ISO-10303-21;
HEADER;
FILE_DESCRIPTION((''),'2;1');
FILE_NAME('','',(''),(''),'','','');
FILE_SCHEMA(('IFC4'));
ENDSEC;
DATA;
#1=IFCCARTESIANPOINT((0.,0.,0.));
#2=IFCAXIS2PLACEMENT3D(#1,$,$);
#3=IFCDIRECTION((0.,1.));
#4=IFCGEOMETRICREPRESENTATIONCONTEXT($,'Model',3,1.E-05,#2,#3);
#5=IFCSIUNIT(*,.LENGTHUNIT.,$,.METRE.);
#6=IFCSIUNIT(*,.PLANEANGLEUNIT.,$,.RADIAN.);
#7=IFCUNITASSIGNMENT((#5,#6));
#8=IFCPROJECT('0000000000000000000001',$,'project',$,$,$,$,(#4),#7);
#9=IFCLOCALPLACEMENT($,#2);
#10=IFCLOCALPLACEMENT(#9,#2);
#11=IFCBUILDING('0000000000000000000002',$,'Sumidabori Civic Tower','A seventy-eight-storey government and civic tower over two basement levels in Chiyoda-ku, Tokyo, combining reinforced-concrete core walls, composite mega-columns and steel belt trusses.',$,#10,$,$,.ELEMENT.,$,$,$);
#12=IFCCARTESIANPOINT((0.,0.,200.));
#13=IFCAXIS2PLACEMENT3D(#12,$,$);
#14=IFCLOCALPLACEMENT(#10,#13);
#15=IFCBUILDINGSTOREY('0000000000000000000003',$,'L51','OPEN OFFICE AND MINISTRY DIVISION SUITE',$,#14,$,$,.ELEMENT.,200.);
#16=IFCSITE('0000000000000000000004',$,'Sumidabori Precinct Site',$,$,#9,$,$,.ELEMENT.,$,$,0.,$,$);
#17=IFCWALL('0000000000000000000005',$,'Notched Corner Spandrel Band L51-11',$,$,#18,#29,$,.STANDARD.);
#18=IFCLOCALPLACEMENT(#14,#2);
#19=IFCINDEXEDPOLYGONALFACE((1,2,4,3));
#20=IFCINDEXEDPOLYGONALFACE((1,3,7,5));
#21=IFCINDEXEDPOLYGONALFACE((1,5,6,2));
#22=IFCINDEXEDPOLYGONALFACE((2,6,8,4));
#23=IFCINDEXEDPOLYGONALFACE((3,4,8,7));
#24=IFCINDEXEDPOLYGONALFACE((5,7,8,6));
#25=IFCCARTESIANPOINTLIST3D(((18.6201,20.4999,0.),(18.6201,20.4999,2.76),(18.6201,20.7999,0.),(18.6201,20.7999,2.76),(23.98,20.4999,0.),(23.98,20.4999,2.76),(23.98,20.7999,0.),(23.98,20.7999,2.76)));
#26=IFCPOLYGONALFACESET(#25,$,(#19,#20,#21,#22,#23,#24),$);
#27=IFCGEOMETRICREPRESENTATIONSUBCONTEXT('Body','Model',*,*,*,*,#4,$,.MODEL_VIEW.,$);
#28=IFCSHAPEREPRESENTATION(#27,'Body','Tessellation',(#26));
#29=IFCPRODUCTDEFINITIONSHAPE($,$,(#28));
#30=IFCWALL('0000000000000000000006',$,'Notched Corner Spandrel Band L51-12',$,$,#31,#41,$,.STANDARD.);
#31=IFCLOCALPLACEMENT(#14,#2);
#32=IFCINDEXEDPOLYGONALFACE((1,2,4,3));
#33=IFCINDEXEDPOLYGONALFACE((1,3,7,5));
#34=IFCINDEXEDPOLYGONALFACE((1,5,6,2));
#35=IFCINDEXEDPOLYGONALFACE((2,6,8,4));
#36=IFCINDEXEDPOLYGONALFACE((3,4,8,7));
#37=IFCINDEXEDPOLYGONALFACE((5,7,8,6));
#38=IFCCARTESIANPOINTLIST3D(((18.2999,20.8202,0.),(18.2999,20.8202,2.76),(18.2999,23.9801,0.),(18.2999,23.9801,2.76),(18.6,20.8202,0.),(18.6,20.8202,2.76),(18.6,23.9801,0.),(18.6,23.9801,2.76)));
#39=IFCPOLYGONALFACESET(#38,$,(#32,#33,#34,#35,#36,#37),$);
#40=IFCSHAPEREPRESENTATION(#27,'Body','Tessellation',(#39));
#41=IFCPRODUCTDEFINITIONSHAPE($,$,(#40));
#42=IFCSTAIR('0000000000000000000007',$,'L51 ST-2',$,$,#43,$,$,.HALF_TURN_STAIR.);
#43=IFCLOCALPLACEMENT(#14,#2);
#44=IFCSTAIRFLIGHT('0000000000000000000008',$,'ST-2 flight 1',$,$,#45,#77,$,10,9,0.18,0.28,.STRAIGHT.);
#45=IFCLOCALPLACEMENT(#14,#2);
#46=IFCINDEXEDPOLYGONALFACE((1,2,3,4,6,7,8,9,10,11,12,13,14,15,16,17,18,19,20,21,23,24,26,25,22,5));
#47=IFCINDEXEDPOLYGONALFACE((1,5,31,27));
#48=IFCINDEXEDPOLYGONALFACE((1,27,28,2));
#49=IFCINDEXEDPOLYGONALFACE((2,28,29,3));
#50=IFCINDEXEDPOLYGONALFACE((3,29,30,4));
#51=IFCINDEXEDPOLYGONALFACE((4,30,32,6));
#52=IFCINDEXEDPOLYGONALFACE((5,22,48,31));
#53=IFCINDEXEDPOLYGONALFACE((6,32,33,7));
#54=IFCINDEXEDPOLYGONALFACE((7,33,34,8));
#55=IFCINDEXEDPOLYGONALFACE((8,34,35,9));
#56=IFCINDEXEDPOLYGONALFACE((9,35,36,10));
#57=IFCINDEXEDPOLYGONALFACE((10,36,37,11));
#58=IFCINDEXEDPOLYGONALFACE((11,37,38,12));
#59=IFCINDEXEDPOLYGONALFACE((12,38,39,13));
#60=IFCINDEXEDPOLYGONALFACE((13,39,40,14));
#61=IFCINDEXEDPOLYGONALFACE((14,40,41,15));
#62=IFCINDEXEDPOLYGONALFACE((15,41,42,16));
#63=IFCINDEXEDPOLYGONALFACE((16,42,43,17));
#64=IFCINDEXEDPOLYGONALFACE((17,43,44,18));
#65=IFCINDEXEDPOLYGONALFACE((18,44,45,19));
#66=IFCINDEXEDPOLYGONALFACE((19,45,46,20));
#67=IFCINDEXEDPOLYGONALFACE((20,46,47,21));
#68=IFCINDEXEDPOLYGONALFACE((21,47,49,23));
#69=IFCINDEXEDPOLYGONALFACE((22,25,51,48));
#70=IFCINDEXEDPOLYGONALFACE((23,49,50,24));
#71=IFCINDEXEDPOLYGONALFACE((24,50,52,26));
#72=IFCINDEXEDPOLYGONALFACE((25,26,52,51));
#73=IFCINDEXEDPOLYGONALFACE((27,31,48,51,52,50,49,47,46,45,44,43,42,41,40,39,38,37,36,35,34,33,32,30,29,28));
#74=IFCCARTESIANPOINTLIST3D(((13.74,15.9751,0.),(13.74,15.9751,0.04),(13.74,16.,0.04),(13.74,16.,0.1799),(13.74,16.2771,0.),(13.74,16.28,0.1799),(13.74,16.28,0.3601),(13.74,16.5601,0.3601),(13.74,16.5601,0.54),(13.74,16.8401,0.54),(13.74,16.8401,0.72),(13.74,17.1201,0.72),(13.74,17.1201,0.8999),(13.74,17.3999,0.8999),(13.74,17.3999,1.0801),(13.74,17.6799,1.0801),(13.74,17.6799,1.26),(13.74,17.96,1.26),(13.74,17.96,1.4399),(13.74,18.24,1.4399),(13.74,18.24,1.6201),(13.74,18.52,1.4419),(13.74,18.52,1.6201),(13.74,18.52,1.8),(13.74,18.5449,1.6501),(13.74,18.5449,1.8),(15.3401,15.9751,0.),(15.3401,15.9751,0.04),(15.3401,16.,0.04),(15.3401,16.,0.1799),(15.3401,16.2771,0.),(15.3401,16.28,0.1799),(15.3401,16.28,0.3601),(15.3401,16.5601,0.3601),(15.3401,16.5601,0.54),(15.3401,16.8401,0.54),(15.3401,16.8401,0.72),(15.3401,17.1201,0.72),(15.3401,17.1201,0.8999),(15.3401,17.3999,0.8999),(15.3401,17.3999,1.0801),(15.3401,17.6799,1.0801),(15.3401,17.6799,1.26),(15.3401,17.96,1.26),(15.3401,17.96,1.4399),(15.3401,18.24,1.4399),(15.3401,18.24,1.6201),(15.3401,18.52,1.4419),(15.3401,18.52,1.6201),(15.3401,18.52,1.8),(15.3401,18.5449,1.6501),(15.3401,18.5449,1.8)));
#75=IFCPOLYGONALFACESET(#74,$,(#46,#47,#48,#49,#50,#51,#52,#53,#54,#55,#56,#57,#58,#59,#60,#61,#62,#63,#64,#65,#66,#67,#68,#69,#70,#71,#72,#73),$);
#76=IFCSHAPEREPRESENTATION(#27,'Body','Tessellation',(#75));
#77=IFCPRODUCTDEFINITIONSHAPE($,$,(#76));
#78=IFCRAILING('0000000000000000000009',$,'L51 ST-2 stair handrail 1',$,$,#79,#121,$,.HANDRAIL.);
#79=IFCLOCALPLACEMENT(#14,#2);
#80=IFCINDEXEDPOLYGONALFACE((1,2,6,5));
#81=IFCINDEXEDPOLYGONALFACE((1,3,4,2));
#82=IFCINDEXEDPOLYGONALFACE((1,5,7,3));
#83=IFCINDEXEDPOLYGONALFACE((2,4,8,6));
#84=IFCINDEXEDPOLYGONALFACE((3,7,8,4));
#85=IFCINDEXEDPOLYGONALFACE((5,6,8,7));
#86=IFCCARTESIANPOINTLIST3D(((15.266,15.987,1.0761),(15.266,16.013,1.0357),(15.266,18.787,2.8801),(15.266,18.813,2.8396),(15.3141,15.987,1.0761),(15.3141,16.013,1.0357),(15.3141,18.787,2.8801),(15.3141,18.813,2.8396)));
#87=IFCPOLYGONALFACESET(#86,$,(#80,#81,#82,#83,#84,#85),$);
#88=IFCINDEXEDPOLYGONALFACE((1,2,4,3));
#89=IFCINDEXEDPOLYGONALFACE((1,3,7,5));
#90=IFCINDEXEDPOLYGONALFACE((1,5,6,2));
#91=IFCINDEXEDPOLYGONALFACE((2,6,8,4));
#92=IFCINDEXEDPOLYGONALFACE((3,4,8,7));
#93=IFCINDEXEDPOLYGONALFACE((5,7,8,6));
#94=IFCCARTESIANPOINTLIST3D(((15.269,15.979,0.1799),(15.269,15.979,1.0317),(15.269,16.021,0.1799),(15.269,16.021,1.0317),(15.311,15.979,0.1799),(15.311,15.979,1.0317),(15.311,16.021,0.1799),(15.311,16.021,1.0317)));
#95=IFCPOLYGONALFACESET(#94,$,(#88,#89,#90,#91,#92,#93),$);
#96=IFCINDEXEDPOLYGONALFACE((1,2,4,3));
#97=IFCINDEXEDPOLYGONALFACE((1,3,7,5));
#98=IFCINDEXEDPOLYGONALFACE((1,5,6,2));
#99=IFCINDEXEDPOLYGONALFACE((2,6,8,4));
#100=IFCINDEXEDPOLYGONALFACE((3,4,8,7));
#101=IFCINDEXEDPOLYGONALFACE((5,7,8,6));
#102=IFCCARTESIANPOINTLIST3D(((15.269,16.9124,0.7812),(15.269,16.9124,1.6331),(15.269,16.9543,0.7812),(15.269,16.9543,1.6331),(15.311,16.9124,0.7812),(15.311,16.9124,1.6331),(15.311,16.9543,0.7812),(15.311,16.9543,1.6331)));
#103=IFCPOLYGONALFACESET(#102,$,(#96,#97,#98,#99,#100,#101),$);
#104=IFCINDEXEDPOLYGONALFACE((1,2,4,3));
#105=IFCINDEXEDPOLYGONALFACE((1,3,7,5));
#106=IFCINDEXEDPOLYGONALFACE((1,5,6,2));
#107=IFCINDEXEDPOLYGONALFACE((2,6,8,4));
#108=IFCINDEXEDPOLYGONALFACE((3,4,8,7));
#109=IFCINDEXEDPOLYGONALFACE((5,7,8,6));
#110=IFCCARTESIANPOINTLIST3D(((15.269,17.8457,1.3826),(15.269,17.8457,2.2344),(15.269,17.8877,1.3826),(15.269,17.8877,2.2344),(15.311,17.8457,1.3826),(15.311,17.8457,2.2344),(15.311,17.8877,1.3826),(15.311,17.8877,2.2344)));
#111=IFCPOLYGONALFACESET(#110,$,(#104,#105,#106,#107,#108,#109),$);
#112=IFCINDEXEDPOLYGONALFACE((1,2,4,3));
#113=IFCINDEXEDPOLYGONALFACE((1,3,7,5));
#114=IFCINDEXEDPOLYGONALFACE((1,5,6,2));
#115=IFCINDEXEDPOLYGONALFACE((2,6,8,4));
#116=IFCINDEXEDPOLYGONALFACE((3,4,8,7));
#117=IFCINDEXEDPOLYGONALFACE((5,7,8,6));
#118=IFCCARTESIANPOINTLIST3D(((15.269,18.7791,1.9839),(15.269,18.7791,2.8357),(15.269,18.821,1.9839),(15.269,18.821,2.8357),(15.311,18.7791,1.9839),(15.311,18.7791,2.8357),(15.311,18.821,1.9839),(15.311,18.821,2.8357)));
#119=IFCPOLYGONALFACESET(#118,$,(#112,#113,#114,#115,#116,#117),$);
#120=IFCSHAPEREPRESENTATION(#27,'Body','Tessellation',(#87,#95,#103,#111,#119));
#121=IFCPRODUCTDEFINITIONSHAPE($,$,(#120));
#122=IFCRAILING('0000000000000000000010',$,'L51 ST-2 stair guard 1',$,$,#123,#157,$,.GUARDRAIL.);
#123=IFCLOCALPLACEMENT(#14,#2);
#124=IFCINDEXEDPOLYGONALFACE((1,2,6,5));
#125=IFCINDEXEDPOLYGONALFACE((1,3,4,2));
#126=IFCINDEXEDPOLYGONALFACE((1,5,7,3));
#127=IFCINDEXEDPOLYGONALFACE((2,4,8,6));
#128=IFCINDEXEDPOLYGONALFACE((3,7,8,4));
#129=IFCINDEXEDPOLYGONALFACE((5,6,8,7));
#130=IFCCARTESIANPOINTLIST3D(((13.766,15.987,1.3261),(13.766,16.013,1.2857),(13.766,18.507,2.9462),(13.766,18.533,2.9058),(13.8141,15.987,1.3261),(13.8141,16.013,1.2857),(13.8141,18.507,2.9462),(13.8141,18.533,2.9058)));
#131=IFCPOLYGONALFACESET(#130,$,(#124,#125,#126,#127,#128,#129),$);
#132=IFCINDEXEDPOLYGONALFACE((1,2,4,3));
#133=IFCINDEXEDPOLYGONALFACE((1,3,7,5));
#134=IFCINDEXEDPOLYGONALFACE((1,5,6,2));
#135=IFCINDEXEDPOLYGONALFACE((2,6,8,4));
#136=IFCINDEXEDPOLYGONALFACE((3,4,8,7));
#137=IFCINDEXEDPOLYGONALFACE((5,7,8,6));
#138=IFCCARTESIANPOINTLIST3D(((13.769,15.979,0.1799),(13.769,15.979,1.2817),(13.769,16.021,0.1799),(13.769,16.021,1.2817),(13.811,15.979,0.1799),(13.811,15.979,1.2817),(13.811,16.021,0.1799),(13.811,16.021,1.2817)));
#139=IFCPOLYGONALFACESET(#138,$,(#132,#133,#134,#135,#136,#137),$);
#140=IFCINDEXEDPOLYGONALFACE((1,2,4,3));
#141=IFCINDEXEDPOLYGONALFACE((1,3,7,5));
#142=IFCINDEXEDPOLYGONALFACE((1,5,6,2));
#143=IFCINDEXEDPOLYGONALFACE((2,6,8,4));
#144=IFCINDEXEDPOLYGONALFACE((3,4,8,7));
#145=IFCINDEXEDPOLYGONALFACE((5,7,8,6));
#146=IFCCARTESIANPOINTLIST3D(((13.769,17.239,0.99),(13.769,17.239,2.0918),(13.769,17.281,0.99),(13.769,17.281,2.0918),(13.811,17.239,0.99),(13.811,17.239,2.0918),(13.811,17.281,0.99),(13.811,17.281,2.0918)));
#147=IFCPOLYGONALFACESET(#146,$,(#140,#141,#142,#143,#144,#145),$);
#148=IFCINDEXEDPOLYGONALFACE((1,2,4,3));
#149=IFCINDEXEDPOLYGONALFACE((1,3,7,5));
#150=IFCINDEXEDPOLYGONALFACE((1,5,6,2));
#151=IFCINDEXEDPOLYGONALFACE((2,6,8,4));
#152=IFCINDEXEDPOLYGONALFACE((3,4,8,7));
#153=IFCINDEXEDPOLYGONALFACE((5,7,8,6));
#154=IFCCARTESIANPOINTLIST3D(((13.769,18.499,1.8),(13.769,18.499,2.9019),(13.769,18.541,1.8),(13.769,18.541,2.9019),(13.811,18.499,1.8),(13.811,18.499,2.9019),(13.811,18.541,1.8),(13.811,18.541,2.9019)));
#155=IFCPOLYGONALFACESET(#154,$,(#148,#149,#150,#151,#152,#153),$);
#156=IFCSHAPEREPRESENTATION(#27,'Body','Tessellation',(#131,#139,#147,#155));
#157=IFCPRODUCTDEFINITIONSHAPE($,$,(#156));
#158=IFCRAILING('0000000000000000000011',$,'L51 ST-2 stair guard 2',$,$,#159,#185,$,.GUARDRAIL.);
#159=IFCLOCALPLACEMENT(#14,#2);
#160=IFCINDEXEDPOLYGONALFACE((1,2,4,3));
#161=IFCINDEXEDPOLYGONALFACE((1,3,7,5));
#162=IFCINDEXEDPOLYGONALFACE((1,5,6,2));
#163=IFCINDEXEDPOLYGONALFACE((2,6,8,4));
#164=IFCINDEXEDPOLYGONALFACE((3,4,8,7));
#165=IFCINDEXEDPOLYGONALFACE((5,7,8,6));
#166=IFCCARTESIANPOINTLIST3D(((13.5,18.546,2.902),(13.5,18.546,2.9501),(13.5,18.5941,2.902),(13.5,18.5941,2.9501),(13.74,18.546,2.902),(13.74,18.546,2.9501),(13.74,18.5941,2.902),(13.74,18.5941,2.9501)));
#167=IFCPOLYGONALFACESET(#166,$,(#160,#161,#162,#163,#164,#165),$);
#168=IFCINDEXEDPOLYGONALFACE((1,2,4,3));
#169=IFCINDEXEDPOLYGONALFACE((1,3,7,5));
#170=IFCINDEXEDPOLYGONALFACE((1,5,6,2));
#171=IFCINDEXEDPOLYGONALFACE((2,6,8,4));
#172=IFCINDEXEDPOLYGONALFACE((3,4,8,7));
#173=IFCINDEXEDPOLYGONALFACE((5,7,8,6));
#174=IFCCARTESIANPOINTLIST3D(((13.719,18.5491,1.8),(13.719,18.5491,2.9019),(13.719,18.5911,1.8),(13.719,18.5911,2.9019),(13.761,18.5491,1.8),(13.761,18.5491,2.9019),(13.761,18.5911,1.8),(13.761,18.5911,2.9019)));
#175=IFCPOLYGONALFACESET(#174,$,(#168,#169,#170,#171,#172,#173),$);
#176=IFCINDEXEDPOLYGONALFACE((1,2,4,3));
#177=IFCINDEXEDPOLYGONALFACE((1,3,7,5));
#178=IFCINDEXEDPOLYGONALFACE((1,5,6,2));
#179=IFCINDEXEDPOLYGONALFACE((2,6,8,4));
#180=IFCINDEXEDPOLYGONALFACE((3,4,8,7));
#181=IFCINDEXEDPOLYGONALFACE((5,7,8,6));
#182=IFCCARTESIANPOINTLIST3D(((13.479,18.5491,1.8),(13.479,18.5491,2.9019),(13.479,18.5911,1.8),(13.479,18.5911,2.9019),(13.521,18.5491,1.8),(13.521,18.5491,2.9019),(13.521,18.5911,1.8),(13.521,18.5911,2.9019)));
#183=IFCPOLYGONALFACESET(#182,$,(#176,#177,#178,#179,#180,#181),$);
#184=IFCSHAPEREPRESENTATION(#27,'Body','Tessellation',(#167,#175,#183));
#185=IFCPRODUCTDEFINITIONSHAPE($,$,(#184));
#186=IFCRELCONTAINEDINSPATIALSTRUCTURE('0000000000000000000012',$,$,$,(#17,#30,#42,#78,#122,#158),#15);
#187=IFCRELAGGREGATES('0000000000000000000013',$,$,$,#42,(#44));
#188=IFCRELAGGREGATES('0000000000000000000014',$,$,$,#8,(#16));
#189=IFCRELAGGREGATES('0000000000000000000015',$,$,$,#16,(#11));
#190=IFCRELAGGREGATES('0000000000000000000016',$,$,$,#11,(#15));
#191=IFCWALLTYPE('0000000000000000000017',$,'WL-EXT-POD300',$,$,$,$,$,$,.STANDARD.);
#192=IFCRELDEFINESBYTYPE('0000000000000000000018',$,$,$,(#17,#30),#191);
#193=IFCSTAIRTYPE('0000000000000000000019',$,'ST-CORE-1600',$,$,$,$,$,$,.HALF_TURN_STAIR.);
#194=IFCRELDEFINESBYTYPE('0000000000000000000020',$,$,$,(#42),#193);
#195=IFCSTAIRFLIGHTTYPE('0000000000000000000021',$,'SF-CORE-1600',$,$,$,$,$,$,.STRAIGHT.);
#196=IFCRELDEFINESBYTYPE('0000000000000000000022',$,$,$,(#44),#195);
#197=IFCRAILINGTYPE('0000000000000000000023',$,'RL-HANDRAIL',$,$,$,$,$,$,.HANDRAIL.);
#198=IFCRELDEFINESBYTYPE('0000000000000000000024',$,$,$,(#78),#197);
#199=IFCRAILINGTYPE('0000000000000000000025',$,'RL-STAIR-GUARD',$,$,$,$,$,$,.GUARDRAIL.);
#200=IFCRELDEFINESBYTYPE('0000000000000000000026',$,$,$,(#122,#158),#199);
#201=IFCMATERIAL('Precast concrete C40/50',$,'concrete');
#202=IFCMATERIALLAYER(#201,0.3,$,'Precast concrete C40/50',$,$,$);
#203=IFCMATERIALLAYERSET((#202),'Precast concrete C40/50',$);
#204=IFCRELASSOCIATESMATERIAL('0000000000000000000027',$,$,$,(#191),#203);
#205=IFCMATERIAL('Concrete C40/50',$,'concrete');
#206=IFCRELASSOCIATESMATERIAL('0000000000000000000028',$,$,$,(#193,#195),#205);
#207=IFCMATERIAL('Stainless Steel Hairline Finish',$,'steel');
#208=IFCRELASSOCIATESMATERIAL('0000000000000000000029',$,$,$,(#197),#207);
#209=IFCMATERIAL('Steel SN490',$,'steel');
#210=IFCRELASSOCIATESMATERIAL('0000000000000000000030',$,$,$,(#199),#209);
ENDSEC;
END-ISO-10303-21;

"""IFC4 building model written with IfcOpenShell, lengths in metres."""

from ifc_helpers import new_model, si_unit, direction, frame, frame_2d, origin, origin_2d, place, context, subcontext, project, spatial, polyline, rectangle, outline, extrude, source, transform, mapped, material, layer, layer_set, type_object, element, aggregate, save


model = new_model("IFC4")

# Units and contexts
model_context = context("Model", 3, precision=1e-05, world=origin(), true_north=direction((0.0, 1.0)))
body_context = subcontext(model_context, "Body", "Model", "MODEL_VIEW")
ifc_project = project(units=[si_unit("LENGTHUNIT", "METRE"), si_unit("PLANEANGLEUNIT", "RADIAN")], contexts=[model_context])

# Site, building, storey
site_placement = place(None, origin())
site = spatial("IfcSite", under=ifc_project, at=site_placement, Name="Sumidabori Precinct Site", CompositionType="ELEMENT", RefElevation=0.0)
building_placement = place(site_placement, origin())
building = spatial("IfcBuilding", under=site, at=building_placement, Name="Sumidabori Civic Tower", Description="A seventy-eight-storey government and civic tower over two basement levels in Chiyoda-ku, Tokyo, combining reinforced-concrete core walls, composite mega-columns and steel belt trusses.", CompositionType="ELEMENT")
storey_placement = place(building_placement, frame((0.0, 0.0, 200.0)))
storey = spatial("IfcBuildingStorey", under=building, at=storey_placement, Name="L51", Description="OPEN OFFICE AND MINISTRY DIVISION SUITE", CompositionType="ELEMENT", Elevation=200.0)

# Walls
ifc_material_1 = material(Name="Precast concrete C40/50", Category="concrete")
ifc_layer_1 = layer(ifc_material_1, 0.3, Name="Precast concrete C40/50")
ifc_layer_set_1 = layer_set([ifc_layer_1], Name="Precast concrete C40/50")
wall_type = type_object("IfcWallType", Name="WL-EXT-POD300", PredefinedType="STANDARD", material=ifc_layer_set_1)
shared_shape_1 = source(origin(), body_context, "Body", "SweptSolid", [
    extrude(rectangle(XDim=5.3599, YDim=0.3, at=frame_2d((2.6799, 0.0))), origin(), (0.0, 0.0, 1.0), 2.76),
])
wall_1_placement = place(storey_placement, frame((23.98, 20.6499, 0.0), z_axis=(0.0, 0.0, 1.0), x_axis=(-1.0, 0.0, 0.0)))
element("IfcWall", 1, at=wall_1_placement, inside=storey, type_object=wall_type, Name="Notched Corner Spandrel Band L51-11", PredefinedType="STANDARD", context=body_context, shape_type="MappedRepresentation", body=[
    mapped(shared_shape_1, transform((0.0, 0.0, 0.0), x_axis=(1.0, 0.0, 0.0), y_axis=(0.0, 1.0, 0.0), z_axis=(0.0, 0.0, 1.0), scale=1.0)),
])
shared_shape_2 = source(origin(), body_context, "Body", "SweptSolid", [
    extrude(rectangle(XDim=3.1599, YDim=0.3, at=frame_2d((1.5801, 0.0))), origin(), (0.0, 0.0, 1.0), 2.76),
])
wall_2_placement = place(storey_placement, frame((18.45, 20.8201, 0.0), z_axis=(0.0, 0.0, 1.0), x_axis=(0.0, 1.0, 0.0)))
element("IfcWall", 2, at=wall_2_placement, inside=storey, type_object=wall_type, Name="Notched Corner Spandrel Band L51-12", PredefinedType="STANDARD", context=body_context, shape_type="MappedRepresentation", body=[
    mapped(shared_shape_2, transform((0.0, 0.0, 0.0), x_axis=(1.0, 0.0, 0.0), y_axis=(0.0, 1.0, 0.0), z_axis=(0.0, 0.0, 1.0), scale=1.0)),
])

# Stair, stair flight
ifc_material_2 = material(Name="Concrete C40/50", Category="concrete")
stair_type = type_object("IfcStairType", Name="ST-CORE-1600", PredefinedType="HALF_TURN_STAIR", material=ifc_material_2)
stair_placement = place(storey_placement, origin())
stair = element("IfcStair", 3, at=stair_placement, inside=storey, type_object=stair_type, Name="L51 ST-2", PredefinedType="HALF_TURN_STAIR")
stair_flight_type = type_object("IfcStairFlightType", Name="SF-CORE-1600", PredefinedType="STRAIGHT", material=ifc_material_2)
shared_shape_3 = source(origin(), body_context, "Body", "SweptSolid", [
    extrude(outline(polyline([(-0.0249, 0.0), (-0.0249, 0.04), (0.0, 0.04), (0.0, 0.1799), (0.28, 0.1799), (0.28, 0.3601), (0.5601, 0.3601), (0.5601, 0.54), (0.8401, 0.54), (0.8401, 0.72), (1.1201, 0.72), (1.1201, 0.8999), (1.3999, 0.8999), (1.3999, 1.0801), (1.6799, 1.0801), (1.6799, 1.26), (1.96, 1.26), (1.96, 1.4399), (2.24, 1.4399), (2.24, 1.6201), (2.52, 1.6201), (2.52, 1.8), (2.5449, 1.8), (2.5449, 1.6501), (2.52, 1.4419), (0.2771, 0.0), (-0.0249, 0.0)])), frame((0.0, 0.8, 0.0), z_axis=(0.0, -1.0, 0.0), x_axis=(1.0, 0.0, 0.0)), (0.0, 0.0, 1.0), 1.6001),
])
stair_flight_placement = place(storey_placement, frame((14.54, 16.0, 0.0), z_axis=(0.0, 0.0, 1.0), x_axis=(0.0, 1.0, 0.0)))
stair_flight = element("IfcStairFlight", 4, at=stair_flight_placement, type_object=stair_flight_type, Name="ST-2 flight 1", NumberOfRisers=10, NumberOfTreads=9, PredefinedType="STRAIGHT", RiserHeight=0.18, TreadLength=0.28, context=body_context, shape_type="MappedRepresentation", body=[
    mapped(shared_shape_3, transform((0.0, 0.0, 0.0), x_axis=(1.0, 0.0, 0.0), y_axis=(0.0, 1.0, 0.0), z_axis=(0.0, 0.0, 1.0), scale=1.0)),
])
aggregate(stair, [stair_flight])

# Railings
ifc_material_3 = material(Name="Stainless Steel Hairline Finish", Category="steel")
railing_type_1 = type_object("IfcRailingType", Name="RL-HANDRAIL", PredefinedType="HANDRAIL", material=ifc_material_3)
railing_1_placement = place(storey_placement, frame((15.29, 16.0, 0.1799)))
element("IfcRailing", 5, at=railing_1_placement, inside=storey, type_object=railing_type_1, Name="L51 ST-2 stair handrail 1", PredefinedType="HANDRAIL", context=body_context, shape_type="SweptSolid", body=[
    extrude(rectangle(XDim=0.0481, YDim=0.0481, at=origin_2d()), frame((0.0, 0.0, 0.876), z_axis=(0.0, 0.840642, 0.541591), x_axis=(-1.0, 0.0, 0.0)), (0.0, 0.0, 1.0), 3.3308),
    extrude(rectangle(XDim=0.042, YDim=0.042, at=origin_2d()), origin(), (0.0, 0.0, 1.0), 0.8518),
    extrude(rectangle(XDim=0.042, YDim=0.042, at=origin_2d()), frame((0.0, 0.9333, 0.6013)), (0.0, 0.0, 1.0), 0.8518),
    extrude(rectangle(XDim=0.042, YDim=0.042, at=origin_2d()), frame((0.0, 1.8667, 1.2026)), (0.0, 0.0, 1.0), 0.8518),
    extrude(rectangle(XDim=0.042, YDim=0.042, at=origin_2d()), frame((0.0, 2.8, 1.804)), (0.0, 0.0, 1.0), 0.8518),
])
ifc_material_4 = material(Name="Steel SN490", Category="steel")
railing_type_2 = type_object("IfcRailingType", Name="RL-STAIR-GUARD", PredefinedType="GUARDRAIL", material=ifc_material_4)
railing_2_placement = place(storey_placement, frame((13.79, 16.0, 0.1799)))
element("IfcRailing", 6, at=railing_2_placement, inside=storey, type_object=railing_type_2, Name="L51 ST-2 stair guard 1", PredefinedType="GUARDRAIL", context=body_context, shape_type="SweptSolid", body=[
    extrude(rectangle(XDim=0.0481, YDim=0.0481, at=origin_2d()), frame((0.0, 0.0, 1.126), z_axis=(0.0, 0.841163, 0.540782), x_axis=(-1.0, 0.0, 0.0)), (0.0, 0.0, 1.0), 2.9958),
    extrude(rectangle(XDim=0.042, YDim=0.042, at=origin_2d()), origin(), (0.0, 0.0, 1.0), 1.1018),
    extrude(rectangle(XDim=0.042, YDim=0.042, at=origin_2d()), frame((0.0, 1.26, 0.8101)), (0.0, 0.0, 1.0), 1.1018),
    extrude(rectangle(XDim=0.042, YDim=0.042, at=origin_2d()), frame((0.0, 2.52, 1.6201)), (0.0, 0.0, 1.0), 1.1018),
])
railing_3_placement = place(storey_placement, frame((13.74, 18.5701, 1.8)))
element("IfcRailing", 7, at=railing_3_placement, inside=storey, type_object=railing_type_2, Name="L51 ST-2 stair guard 2", PredefinedType="GUARDRAIL", context=body_context, shape_type="SweptSolid", body=[
    extrude(rectangle(XDim=0.0481, YDim=0.0481, at=origin_2d()), frame((0.0, 0.0, 1.126), z_axis=(-1.0, 0.0, 0.0), x_axis=(0.0, -1.0, 0.0)), (0.0, 0.0, 1.0), 0.24),
    extrude(rectangle(XDim=0.042, YDim=0.042, at=origin_2d()), origin(), (0.0, 0.0, 1.0), 1.1018),
    extrude(rectangle(XDim=0.042, YDim=0.042, at=origin_2d()), frame((-0.24, 0.0, 0.0)), (0.0, 0.0, 1.0), 1.1018),
])

save(model, "model.ifc")
